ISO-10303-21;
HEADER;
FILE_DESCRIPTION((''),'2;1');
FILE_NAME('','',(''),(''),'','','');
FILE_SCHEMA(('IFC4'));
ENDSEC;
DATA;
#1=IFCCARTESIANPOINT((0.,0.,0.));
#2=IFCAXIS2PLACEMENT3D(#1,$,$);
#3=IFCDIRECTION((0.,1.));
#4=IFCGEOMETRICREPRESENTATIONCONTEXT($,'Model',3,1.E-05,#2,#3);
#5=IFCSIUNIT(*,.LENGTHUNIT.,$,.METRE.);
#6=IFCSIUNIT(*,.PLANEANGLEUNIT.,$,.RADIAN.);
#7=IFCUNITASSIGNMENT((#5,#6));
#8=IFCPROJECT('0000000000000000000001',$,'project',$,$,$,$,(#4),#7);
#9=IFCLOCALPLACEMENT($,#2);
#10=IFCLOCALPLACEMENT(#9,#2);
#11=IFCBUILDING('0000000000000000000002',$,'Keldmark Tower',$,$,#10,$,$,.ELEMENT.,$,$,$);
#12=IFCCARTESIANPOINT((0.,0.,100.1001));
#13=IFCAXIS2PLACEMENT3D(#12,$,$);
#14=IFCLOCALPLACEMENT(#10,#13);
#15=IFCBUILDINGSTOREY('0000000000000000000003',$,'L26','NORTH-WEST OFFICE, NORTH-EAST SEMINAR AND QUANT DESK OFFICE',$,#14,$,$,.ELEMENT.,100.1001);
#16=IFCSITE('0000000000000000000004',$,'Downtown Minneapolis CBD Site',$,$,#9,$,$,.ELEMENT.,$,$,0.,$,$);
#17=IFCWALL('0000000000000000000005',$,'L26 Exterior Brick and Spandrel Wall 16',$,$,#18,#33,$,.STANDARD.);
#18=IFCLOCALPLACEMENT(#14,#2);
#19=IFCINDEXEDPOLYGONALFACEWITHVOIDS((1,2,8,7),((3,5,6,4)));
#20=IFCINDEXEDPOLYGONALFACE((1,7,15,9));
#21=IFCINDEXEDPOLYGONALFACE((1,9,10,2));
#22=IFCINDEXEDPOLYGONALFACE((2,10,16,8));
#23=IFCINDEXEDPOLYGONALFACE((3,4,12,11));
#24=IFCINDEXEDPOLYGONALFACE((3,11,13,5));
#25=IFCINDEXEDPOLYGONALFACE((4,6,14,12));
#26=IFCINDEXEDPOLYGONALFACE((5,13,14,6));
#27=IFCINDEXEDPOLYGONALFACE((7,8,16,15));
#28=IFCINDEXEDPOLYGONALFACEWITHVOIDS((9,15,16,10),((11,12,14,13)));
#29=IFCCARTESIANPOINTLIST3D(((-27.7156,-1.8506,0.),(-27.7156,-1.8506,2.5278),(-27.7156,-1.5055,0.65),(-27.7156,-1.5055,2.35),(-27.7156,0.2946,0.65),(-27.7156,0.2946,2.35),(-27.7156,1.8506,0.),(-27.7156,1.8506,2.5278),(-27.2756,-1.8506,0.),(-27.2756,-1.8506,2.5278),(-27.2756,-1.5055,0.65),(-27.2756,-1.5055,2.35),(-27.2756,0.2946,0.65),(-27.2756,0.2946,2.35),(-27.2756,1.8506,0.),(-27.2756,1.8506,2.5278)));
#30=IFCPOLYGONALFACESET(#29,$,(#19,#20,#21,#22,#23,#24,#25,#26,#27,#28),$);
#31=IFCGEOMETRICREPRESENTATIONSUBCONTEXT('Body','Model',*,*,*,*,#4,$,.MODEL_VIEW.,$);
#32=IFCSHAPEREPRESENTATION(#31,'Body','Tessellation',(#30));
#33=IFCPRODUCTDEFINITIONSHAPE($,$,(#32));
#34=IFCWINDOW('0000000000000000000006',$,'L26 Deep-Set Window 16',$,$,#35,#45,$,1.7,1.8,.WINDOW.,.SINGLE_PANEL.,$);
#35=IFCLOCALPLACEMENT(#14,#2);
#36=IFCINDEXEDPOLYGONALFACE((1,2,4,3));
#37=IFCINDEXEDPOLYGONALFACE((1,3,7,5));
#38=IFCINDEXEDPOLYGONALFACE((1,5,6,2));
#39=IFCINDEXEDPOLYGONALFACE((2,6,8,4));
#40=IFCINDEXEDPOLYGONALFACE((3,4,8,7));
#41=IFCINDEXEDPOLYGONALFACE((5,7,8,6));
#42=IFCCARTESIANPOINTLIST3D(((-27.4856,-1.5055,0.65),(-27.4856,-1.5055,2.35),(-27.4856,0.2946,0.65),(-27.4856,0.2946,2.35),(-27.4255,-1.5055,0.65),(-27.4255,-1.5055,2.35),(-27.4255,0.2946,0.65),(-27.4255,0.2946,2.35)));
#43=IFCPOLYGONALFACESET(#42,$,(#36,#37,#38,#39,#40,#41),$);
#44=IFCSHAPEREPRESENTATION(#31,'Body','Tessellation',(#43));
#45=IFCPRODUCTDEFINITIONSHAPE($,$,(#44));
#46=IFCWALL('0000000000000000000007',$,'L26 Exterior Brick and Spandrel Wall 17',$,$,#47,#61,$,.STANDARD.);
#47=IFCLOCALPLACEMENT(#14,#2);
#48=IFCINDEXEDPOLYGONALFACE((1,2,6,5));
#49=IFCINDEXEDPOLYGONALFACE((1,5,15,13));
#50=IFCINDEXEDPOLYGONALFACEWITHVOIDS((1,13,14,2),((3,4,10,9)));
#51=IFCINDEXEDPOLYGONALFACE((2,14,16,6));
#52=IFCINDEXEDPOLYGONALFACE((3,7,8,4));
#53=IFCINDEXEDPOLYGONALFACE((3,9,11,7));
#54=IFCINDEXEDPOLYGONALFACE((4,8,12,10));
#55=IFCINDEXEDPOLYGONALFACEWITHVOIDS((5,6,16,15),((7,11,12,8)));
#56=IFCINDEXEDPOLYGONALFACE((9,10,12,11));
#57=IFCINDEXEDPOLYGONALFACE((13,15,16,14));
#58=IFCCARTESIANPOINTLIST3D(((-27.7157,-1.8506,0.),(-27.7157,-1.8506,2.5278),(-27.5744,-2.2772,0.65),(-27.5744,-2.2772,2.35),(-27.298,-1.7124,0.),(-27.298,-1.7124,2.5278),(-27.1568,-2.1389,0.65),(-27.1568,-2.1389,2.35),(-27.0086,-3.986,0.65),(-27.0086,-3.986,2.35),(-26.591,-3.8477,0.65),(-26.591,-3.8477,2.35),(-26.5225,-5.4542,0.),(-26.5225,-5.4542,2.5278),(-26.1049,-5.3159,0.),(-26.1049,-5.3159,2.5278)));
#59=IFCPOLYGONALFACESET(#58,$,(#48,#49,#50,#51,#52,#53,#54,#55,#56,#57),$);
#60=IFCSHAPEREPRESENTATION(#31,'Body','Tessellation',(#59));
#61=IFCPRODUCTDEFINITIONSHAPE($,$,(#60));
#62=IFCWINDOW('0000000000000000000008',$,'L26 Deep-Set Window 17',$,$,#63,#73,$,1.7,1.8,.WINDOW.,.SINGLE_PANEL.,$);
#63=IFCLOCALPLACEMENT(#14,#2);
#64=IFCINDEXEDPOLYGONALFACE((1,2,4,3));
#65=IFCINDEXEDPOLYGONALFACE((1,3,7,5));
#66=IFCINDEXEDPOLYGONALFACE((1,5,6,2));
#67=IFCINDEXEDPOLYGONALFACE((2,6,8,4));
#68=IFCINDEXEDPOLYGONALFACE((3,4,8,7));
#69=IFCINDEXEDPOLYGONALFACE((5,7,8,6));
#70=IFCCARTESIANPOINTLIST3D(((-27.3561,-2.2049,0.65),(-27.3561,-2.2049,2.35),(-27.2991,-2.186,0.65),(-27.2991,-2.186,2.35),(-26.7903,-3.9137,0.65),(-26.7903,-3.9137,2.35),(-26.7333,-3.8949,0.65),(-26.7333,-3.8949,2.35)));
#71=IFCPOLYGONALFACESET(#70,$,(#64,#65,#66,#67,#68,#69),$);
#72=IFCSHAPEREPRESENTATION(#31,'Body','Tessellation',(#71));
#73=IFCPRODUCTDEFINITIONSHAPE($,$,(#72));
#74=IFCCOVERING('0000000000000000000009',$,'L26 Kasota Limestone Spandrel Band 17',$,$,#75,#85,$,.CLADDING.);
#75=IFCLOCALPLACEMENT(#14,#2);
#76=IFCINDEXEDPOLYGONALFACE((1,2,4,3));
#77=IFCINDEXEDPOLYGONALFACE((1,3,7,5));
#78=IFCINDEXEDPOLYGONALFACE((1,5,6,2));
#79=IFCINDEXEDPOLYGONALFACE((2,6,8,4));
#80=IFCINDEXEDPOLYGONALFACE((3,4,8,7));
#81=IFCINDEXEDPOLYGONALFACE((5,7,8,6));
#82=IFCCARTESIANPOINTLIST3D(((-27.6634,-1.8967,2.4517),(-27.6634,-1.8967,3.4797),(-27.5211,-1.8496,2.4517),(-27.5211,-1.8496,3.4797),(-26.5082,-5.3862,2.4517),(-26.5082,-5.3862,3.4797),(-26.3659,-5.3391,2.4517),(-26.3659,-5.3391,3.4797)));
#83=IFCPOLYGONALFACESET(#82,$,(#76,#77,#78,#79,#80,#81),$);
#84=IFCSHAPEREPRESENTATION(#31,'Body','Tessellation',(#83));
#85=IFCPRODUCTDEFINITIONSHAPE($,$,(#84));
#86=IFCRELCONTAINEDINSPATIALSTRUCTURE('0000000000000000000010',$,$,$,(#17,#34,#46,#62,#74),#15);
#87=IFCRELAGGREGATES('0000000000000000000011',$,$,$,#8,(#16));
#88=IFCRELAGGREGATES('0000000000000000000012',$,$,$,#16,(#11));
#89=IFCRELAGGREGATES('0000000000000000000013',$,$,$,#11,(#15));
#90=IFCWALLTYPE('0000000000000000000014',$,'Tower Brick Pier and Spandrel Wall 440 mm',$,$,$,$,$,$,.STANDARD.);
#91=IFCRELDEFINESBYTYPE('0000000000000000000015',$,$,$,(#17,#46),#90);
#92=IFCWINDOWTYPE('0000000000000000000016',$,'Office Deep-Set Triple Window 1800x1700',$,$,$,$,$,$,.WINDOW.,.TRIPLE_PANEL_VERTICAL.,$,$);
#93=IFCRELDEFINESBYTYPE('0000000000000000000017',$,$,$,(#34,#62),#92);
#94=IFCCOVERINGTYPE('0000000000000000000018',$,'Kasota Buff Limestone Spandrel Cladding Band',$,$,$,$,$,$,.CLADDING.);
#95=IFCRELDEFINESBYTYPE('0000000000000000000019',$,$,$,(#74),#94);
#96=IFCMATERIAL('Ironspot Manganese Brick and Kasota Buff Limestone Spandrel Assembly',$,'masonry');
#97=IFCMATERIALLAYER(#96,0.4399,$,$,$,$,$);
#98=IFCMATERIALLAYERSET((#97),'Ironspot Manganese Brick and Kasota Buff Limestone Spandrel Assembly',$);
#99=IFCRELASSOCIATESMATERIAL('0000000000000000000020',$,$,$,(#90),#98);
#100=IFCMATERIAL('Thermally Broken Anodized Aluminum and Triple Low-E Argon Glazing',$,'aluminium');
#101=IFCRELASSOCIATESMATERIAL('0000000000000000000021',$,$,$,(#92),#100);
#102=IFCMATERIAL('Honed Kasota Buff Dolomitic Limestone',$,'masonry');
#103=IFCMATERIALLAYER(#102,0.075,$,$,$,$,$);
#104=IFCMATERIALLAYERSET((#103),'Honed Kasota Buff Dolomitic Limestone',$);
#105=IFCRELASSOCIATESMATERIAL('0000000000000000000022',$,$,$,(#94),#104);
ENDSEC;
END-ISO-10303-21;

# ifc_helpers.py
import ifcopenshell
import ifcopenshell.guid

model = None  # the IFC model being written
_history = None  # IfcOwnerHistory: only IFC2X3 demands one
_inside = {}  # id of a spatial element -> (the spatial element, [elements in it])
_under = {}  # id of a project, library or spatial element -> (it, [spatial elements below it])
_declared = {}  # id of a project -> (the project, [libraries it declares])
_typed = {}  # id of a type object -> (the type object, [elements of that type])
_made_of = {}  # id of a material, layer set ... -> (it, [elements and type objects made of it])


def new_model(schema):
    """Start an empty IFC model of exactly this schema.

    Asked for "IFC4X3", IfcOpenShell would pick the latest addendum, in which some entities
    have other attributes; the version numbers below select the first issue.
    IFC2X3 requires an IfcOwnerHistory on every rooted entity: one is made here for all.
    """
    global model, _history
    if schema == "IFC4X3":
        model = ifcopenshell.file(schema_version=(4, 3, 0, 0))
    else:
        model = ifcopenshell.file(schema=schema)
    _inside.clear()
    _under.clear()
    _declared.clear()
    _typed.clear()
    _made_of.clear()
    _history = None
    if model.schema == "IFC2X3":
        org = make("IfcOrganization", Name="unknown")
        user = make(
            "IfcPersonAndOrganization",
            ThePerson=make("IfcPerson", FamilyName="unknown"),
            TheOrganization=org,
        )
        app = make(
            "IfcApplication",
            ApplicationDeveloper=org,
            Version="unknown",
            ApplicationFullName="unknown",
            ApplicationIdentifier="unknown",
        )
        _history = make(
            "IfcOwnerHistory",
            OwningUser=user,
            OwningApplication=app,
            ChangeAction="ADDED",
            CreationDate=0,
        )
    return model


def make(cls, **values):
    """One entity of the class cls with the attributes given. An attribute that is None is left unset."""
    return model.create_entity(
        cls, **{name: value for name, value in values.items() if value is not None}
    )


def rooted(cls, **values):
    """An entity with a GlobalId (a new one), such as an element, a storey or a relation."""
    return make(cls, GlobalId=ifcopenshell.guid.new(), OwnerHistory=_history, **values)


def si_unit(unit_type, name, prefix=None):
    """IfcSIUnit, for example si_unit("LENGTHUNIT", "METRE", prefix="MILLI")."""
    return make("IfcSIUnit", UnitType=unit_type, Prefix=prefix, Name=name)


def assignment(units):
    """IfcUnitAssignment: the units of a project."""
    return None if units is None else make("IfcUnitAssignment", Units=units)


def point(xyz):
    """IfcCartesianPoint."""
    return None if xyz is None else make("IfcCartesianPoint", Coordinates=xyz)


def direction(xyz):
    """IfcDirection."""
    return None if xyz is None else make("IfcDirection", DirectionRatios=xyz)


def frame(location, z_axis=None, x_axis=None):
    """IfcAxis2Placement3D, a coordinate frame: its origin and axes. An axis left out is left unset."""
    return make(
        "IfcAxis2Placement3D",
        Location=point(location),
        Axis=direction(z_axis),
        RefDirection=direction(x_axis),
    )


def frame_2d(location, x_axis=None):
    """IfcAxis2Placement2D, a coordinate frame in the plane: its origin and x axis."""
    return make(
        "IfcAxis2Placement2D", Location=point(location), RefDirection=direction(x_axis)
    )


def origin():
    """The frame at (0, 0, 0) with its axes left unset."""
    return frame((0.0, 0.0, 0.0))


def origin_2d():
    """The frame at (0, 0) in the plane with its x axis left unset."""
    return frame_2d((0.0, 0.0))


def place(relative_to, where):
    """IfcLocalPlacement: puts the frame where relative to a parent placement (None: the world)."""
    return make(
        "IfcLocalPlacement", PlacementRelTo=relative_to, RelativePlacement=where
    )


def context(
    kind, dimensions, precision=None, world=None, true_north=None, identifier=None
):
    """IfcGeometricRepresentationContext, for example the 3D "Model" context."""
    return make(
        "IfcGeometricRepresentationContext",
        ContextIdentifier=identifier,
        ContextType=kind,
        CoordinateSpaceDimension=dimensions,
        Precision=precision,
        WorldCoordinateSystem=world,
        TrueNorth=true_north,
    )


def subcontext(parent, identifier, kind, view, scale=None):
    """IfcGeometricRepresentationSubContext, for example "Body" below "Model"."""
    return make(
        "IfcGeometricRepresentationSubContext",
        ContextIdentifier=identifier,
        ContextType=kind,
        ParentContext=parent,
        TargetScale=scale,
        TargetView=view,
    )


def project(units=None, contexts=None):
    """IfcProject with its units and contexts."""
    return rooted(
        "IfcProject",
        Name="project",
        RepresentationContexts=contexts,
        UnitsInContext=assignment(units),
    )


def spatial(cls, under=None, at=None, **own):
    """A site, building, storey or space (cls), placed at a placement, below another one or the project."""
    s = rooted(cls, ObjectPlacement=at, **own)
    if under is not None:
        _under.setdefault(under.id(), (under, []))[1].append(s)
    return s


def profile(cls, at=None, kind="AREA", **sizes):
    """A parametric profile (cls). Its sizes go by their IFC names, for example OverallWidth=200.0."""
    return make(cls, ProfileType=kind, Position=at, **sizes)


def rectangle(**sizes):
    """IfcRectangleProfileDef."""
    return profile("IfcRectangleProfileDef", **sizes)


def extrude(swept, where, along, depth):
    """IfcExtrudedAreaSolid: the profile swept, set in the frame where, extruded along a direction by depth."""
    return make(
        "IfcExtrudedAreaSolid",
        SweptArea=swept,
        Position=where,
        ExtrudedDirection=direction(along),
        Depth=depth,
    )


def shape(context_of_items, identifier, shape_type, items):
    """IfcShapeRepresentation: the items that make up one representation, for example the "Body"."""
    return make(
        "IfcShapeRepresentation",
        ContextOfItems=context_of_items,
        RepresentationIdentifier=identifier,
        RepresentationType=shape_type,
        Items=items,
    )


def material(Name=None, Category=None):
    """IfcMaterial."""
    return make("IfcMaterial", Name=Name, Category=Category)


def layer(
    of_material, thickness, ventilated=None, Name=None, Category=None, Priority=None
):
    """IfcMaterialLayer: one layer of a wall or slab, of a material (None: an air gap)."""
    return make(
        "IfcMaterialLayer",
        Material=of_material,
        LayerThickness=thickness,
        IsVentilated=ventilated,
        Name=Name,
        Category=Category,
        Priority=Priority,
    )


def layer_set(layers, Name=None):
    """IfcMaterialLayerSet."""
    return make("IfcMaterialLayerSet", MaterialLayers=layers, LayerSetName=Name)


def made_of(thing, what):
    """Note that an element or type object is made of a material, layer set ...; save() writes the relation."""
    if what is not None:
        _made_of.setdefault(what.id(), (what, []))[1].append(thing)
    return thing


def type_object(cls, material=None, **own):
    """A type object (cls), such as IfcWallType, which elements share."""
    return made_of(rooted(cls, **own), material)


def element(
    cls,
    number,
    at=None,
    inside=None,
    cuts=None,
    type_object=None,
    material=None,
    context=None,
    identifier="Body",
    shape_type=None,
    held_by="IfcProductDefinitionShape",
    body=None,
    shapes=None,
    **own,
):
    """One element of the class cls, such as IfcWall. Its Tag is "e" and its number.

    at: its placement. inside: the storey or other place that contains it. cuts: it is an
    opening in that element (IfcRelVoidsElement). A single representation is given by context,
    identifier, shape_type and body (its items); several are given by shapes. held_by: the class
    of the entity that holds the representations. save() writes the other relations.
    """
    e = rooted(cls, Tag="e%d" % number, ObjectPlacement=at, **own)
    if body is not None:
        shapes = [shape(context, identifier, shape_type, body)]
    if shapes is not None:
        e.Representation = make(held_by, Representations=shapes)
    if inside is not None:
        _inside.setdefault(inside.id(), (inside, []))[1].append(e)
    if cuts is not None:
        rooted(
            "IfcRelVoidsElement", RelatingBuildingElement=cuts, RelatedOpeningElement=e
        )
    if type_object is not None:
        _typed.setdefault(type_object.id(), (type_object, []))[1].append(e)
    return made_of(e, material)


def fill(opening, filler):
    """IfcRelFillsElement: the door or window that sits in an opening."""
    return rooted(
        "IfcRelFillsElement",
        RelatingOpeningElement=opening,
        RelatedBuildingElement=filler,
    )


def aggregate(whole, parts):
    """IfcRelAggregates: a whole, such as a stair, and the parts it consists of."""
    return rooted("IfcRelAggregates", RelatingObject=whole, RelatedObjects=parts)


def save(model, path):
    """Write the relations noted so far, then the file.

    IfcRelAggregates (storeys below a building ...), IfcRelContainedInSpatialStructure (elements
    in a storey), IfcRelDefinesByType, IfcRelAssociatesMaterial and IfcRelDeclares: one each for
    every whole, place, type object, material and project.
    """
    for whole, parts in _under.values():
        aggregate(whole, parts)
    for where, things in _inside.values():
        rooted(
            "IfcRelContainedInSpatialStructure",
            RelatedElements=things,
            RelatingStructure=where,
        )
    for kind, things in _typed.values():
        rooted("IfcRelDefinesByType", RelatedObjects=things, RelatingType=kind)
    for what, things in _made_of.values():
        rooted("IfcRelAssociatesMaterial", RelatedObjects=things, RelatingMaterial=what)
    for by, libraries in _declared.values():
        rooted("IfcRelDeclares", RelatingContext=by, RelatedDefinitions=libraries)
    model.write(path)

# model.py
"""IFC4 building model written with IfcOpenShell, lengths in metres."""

from ifc_helpers import new_model, si_unit, direction, frame, frame_2d, origin, origin_2d, place, context, subcontext, project, spatial, rectangle, extrude, material, layer, layer_set, type_object, element, fill, save


model = new_model("IFC4")

# Units and contexts
model_context = context("Model", 3, precision=1e-05, world=origin(), true_north=direction((0.0, 1.0)))
body_context = subcontext(model_context, "Body", "Model", "MODEL_VIEW")
ifc_project = project(units=[si_unit("LENGTHUNIT", "METRE"), si_unit("PLANEANGLEUNIT", "RADIAN")], contexts=[model_context])

# Site, building, storey
site_placement = place(None, origin())
site = spatial("IfcSite", under=ifc_project, at=site_placement, Name="Downtown Minneapolis CBD Site", CompositionType="ELEMENT", RefElevation=0.0)
building_placement = place(site_placement, origin())
building = spatial("IfcBuilding", under=site, at=building_placement, Name="Keldmark Tower", CompositionType="ELEMENT")
storey_placement = place(building_placement, frame((0.0, 0.0, 100.1001)))
storey = spatial("IfcBuildingStorey", under=building, at=storey_placement, Name="L26", Description="NORTH-WEST OFFICE, NORTH-EAST SEMINAR AND QUANT DESK OFFICE", CompositionType="ELEMENT", Elevation=100.1001)

# Walls, openings, windows
ifc_material_1 = material(Name="Ironspot Manganese Brick and Kasota Buff Limestone Spandrel Assembly", Category="masonry")
ifc_layer_1 = layer(ifc_material_1, 0.4399)
ifc_layer_set_1 = layer_set([ifc_layer_1], Name="Ironspot Manganese Brick and Kasota Buff Limestone Spandrel Assembly")
wall_type_1 = type_object("IfcWallType", Name="Tower Brick Pier and Spandrel Wall 440 mm", PredefinedType="STANDARD", material=ifc_layer_set_1)
wall_1_placement = place(storey_placement, frame((-27.4956, -1.8506, 0.0), z_axis=(0.0, 0.0, 1.0), x_axis=(0.0, 1.0, 0.0)))
wall_1 = element("IfcWall", 1, at=wall_1_placement, inside=storey, type_object=wall_type_1, Name="L26 Exterior Brick and Spandrel Wall 16", PredefinedType="STANDARD", context=body_context, shape_type="SweptSolid", body=[
    extrude(rectangle(XDim=3.7012, YDim=0.4399, at=frame_2d((1.8506, 0.0))), origin(), (0.0, 0.0, 1.0), 2.5278),
])
opening_1_placement = place(wall_1_placement, frame((0.3452, 0.0, 0.6499)))
opening_1 = element("IfcOpeningElement", 2, at=opening_1_placement, cuts=wall_1, PredefinedType="OPENING", context=body_context, shape_type="SweptSolid", body=[
    extrude(rectangle(XDim=1.8, YDim=1.7, at=frame_2d((0.8999, 0.8501))), frame((0.0, 0.23, 0.0), z_axis=(0.0, -1.0, 0.0), x_axis=(1.0, 0.0, 0.0)), (0.0, 0.0, 1.0), 0.46),
])
ifc_material_2 = material(Name="Thermally Broken Anodized Aluminum and Triple Low-E Argon Glazing", Category="aluminium")
window_type = type_object("IfcWindowType", Name="Office Deep-Set Triple Window 1800x1700", PartitioningType="TRIPLE_PANEL_VERTICAL", PredefinedType="WINDOW", material=ifc_material_2)
window_1_placement = place(opening_1_placement, origin())
window_1 = element("IfcWindow", 3, at=window_1_placement, inside=storey, type_object=window_type, Name="L26 Deep-Set Window 16", OverallHeight=1.7, OverallWidth=1.8, PartitioningType="SINGLE_PANEL", PredefinedType="WINDOW", context=body_context, shape_type="SweptSolid", body=[
    extrude(rectangle(XDim=1.8, YDim=1.7, at=frame_2d((0.8999, 0.8501))), frame((0.0, -0.01, 0.0), z_axis=(0.0, -1.0, 0.0), x_axis=(1.0, 0.0, 0.0)), (0.0, 0.0, 1.0), 0.0601),
])
fill(opening_1, window_1)
wall_2_placement = place(storey_placement, frame((-26.3137, -5.385, 0.0), z_axis=(0.0, 0.0, 1.0), x_axis=(-0.314317, 0.949318, 0.0)))
wall_2 = element("IfcWall", 4, at=wall_2_placement, inside=storey, type_object=wall_type_1, Name="L26 Exterior Brick and Spandrel Wall 17", PredefinedType="STANDARD", context=body_context, shape_type="SweptSolid", body=[
    extrude(rectangle(XDim=3.7959, YDim=0.4399, at=frame_2d((1.8979, 0.0))), origin(), (0.0, 0.0, 1.0), 2.5278),
])
opening_2_placement = place(wall_2_placement, frame((1.5466, 0.0, 0.6499)))
opening_2 = element("IfcOpeningElement", 5, at=opening_2_placement, cuts=wall_2, PredefinedType="OPENING", context=body_context, shape_type="SweptSolid", body=[
    extrude(rectangle(XDim=1.8, YDim=1.7, at=frame_2d((0.8999, 0.8501))), frame((0.0, 0.23, 0.0), z_axis=(0.0, -1.0, 0.0), x_axis=(1.0, 0.0, 0.0)), (0.0, 0.0, 1.0), 0.46),
])
window_2_placement = place(opening_2_placement, origin())
window_2 = element("IfcWindow", 6, at=window_2_placement, inside=storey, type_object=window_type, Name="L26 Deep-Set Window 17", OverallHeight=1.7, OverallWidth=1.8, PartitioningType="SINGLE_PANEL", PredefinedType="WINDOW", context=body_context, shape_type="SweptSolid", body=[
    extrude(rectangle(XDim=1.8, YDim=1.7, at=frame_2d((0.8999, 0.8501))), frame((0.0, -0.01, 0.0), z_axis=(0.0, -1.0, 0.0), x_axis=(1.0, 0.0, 0.0)), (0.0, 0.0, 1.0), 0.0601),
])
fill(opening_2, window_2)

# Covering
ifc_material_3 = material(Name="Honed Kasota Buff Dolomitic Limestone", Category="masonry")
ifc_layer_2 = layer(ifc_material_3, 0.075)
ifc_layer_set_2 = layer_set([ifc_layer_2], Name="Honed Kasota Buff Dolomitic Limestone")
covering_type = type_object("IfcCoveringType", Name="Kasota Buff Limestone Spandrel Cladding Band", PredefinedType="CLADDING", material=ifc_layer_set_2)
covering_placement = place(storey_placement, frame((-27.0146, -3.6179, 2.4517), z_axis=(0.0, 0.0, 1.0), x_axis=(0.314291, -0.949327, 0.0)))
element("IfcCovering", 7, at=covering_placement, inside=storey, type_object=covering_type, Name="L26 Kasota Limestone Spandrel Band 17", PredefinedType="CLADDING", context=body_context, shape_type="SweptSolid", body=[
    extrude(rectangle(XDim=3.6758, YDim=0.1499, at=origin_2d()), origin(), (0.0, 0.0, 1.0), 1.0281),
])

save(model, "model.ifc")
